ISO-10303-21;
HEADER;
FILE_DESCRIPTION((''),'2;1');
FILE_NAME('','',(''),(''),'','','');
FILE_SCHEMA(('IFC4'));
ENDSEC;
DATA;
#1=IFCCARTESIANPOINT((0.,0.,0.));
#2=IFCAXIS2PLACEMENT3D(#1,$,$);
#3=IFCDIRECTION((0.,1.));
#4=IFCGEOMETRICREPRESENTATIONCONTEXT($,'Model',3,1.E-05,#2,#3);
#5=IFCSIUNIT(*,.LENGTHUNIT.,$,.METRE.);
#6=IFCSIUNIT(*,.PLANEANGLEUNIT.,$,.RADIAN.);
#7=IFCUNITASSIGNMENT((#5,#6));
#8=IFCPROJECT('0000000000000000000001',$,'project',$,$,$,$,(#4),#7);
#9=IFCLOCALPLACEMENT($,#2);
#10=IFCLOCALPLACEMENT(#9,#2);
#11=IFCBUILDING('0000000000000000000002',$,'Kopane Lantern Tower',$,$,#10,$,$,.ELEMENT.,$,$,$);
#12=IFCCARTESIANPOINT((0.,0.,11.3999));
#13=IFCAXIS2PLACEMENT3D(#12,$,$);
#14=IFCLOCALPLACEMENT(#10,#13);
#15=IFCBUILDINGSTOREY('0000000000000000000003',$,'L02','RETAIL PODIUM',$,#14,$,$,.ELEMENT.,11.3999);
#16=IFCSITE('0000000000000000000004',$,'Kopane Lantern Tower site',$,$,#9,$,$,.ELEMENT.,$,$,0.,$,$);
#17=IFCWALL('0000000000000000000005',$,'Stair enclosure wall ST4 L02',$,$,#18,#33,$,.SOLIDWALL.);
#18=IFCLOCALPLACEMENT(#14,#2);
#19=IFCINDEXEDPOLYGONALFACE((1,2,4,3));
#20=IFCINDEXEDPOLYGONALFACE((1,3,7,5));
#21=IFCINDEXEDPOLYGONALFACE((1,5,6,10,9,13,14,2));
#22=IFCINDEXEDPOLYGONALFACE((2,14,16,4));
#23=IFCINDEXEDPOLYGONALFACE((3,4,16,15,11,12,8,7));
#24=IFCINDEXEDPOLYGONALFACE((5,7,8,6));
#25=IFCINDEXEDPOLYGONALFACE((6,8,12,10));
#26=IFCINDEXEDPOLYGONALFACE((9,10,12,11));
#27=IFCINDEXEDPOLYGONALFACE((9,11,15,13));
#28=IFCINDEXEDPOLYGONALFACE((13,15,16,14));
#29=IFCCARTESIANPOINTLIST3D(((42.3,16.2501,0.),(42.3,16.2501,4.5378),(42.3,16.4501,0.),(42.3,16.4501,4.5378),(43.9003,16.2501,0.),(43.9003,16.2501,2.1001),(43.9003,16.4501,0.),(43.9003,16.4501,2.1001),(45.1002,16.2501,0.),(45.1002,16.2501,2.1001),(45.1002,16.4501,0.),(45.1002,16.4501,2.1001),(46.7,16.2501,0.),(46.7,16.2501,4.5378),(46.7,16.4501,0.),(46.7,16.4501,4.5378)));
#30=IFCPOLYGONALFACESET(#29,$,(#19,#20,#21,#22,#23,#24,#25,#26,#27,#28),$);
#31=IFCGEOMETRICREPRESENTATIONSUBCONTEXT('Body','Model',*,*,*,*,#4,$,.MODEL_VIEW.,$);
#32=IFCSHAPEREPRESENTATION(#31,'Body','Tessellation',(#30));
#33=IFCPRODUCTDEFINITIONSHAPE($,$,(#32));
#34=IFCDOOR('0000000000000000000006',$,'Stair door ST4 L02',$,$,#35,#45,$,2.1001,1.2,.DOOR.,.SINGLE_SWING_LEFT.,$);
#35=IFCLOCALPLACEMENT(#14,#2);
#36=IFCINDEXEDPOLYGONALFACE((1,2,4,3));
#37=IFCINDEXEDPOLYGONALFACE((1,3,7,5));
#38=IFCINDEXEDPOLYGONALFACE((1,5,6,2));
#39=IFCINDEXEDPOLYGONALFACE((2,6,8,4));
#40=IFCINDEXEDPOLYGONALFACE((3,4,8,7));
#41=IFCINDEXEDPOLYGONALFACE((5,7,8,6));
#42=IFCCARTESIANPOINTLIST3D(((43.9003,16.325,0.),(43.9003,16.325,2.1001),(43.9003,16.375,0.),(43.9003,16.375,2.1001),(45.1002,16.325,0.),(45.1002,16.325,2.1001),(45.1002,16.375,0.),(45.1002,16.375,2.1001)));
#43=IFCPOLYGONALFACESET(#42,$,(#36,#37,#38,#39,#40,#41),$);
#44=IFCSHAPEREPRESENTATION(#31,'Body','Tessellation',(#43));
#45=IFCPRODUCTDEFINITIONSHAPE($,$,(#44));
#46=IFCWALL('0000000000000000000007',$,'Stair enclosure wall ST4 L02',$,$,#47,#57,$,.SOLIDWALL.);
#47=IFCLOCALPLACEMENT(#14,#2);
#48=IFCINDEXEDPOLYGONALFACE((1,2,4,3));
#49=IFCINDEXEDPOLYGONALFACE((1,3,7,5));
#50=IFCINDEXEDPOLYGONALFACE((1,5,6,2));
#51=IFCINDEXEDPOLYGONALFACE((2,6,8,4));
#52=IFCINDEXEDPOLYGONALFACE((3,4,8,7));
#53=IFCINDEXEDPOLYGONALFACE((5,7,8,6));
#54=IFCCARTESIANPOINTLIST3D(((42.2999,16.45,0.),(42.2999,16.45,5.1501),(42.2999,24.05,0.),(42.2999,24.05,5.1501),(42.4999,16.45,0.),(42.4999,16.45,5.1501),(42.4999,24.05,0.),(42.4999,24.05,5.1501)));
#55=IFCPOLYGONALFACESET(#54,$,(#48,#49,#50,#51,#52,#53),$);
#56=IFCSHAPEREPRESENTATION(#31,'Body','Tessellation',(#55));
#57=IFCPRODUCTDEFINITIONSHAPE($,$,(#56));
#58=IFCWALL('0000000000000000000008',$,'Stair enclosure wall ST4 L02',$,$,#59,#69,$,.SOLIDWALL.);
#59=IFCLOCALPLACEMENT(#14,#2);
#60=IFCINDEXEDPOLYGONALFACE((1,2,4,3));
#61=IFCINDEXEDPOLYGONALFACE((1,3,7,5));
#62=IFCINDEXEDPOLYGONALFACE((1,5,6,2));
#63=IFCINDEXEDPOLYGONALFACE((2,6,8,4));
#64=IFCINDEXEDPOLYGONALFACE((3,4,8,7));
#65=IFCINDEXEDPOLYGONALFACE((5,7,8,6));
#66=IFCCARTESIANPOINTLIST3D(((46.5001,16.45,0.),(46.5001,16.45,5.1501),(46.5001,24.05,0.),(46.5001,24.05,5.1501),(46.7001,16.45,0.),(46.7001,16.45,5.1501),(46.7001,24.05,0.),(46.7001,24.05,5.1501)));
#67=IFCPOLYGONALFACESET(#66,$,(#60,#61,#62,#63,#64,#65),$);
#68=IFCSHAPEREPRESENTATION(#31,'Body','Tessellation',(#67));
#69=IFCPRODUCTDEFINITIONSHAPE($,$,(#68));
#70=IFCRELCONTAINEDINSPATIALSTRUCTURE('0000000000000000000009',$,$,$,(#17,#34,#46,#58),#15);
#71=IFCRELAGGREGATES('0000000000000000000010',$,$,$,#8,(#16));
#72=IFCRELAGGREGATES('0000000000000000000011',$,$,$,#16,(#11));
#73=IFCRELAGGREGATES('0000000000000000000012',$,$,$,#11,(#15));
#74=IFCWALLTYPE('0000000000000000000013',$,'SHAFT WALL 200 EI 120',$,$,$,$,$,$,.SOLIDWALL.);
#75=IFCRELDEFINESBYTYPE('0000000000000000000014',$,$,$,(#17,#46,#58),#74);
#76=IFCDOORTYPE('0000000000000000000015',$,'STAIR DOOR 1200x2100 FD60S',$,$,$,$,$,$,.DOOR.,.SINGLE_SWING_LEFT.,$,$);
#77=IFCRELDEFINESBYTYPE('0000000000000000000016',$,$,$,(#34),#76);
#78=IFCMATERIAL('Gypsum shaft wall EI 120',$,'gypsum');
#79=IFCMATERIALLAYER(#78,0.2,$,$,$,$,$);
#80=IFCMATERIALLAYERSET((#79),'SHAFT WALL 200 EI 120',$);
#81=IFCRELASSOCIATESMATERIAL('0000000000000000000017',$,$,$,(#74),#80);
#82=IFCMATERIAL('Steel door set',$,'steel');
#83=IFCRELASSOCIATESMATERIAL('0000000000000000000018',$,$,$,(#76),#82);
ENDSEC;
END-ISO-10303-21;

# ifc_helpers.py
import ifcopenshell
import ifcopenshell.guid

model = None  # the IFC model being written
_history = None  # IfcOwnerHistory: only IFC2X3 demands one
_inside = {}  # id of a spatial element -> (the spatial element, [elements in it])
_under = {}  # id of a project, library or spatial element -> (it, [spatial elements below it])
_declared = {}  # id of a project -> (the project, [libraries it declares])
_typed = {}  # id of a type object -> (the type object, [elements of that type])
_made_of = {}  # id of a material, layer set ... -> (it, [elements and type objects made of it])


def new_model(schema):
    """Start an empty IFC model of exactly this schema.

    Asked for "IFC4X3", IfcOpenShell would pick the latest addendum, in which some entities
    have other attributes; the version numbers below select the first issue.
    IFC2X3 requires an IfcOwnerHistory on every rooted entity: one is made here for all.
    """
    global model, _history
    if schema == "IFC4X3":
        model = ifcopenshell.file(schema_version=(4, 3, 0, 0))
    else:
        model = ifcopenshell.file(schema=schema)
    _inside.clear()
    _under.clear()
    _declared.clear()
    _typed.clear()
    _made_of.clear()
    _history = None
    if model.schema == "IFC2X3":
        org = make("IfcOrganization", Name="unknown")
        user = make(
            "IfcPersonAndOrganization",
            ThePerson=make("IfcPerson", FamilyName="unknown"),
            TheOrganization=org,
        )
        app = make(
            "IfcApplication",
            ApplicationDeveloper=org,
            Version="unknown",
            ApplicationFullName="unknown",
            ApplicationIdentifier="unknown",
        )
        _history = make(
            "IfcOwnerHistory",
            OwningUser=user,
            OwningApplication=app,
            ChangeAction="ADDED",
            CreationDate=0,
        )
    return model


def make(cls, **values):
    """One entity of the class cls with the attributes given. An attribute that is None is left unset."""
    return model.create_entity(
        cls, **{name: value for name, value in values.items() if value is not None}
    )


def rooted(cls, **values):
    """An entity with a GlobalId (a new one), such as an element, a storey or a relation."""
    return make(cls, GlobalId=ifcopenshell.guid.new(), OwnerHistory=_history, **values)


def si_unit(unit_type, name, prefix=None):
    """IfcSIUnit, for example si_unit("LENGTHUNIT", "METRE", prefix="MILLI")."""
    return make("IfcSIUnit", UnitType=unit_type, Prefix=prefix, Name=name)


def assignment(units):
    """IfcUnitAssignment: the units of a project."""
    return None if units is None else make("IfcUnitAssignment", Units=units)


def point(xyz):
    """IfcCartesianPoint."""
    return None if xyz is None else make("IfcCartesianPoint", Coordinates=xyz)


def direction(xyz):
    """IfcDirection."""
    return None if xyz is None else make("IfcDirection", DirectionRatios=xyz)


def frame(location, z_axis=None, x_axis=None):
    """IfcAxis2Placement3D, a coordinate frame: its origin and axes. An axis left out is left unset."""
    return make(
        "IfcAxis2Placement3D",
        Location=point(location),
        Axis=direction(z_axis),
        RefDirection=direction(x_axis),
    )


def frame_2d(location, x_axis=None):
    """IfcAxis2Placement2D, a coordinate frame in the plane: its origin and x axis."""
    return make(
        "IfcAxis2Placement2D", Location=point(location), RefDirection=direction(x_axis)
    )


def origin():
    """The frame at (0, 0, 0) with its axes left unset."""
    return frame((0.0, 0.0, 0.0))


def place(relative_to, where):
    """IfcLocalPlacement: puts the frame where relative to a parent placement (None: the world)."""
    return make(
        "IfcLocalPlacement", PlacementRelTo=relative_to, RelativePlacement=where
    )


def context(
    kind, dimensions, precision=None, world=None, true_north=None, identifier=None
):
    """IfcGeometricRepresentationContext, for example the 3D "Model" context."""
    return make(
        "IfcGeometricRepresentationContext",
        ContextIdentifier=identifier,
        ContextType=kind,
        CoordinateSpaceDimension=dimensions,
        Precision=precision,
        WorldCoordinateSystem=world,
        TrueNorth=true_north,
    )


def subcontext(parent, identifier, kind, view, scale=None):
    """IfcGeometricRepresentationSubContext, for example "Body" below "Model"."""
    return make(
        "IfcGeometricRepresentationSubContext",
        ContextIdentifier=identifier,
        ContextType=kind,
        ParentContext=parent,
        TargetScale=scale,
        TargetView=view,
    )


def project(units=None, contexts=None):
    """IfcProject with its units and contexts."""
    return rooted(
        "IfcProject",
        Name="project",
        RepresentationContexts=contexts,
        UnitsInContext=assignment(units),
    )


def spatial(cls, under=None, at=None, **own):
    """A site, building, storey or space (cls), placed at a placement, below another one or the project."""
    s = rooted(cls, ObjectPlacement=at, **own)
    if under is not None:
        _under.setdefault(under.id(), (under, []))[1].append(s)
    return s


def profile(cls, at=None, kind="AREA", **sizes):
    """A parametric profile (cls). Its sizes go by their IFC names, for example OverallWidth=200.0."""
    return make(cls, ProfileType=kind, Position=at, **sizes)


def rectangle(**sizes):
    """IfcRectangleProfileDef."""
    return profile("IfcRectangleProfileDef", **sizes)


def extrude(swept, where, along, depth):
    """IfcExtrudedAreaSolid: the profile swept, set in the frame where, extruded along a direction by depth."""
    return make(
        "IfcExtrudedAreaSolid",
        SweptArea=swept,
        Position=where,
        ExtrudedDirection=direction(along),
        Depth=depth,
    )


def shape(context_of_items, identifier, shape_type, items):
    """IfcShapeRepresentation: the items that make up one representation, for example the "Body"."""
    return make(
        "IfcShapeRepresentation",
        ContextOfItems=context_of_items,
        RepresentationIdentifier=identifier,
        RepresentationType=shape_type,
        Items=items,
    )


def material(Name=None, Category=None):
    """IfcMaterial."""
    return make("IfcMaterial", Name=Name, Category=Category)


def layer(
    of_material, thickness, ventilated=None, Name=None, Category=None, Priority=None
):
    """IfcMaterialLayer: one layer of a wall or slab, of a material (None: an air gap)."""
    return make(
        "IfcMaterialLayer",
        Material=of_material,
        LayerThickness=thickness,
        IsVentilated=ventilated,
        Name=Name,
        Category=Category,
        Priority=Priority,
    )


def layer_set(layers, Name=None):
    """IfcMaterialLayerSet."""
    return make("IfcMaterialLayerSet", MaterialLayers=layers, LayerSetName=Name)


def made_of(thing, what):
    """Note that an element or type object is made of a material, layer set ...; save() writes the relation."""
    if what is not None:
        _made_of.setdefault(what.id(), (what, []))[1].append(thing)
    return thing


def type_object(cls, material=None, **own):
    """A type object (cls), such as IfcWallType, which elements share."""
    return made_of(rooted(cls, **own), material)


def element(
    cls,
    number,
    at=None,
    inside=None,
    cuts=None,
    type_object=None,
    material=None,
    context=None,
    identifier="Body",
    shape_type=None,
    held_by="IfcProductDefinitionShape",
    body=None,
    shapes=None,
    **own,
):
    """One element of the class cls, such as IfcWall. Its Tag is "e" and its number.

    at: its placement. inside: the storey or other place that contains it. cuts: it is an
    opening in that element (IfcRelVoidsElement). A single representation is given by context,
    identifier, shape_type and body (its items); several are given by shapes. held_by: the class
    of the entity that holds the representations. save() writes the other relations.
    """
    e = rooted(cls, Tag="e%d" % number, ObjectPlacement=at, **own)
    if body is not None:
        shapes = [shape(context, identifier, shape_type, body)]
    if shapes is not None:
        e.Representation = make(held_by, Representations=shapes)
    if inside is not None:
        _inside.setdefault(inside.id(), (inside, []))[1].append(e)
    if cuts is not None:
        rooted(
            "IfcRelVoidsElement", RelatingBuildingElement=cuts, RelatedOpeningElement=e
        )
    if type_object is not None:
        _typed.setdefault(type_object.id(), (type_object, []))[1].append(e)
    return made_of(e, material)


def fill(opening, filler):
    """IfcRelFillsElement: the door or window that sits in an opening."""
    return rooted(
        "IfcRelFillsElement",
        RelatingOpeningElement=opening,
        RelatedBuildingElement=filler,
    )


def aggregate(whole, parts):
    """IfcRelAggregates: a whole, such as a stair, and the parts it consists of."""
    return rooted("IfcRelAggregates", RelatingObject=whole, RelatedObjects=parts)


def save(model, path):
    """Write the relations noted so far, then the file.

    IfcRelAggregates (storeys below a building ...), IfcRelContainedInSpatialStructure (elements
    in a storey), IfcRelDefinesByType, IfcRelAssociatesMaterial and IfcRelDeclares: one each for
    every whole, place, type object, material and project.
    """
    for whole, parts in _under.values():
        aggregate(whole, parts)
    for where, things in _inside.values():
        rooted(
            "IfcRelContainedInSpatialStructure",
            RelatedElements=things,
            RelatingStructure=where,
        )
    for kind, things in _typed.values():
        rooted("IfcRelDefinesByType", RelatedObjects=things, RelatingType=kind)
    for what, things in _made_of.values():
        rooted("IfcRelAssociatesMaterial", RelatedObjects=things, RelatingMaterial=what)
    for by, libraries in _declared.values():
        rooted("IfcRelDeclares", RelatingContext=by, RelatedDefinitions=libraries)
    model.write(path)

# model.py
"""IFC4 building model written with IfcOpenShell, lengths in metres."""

from ifc_helpers import new_model, si_unit, direction, frame, frame_2d, origin, place, context, subcontext, project, spatial, rectangle, extrude, material, layer, layer_set, type_object, element, fill, save


model = new_model("IFC4")

# Units and contexts
model_context = context("Model", 3, precision=1e-05, world=origin(), true_north=direction((0.0, 1.0)))
body_context = subcontext(model_context, "Body", "Model", "MODEL_VIEW")
ifc_project = project(units=[si_unit("LENGTHUNIT", "METRE"), si_unit("PLANEANGLEUNIT", "RADIAN")], contexts=[model_context])

# Site, building, storey
site_placement = place(None, origin())
site = spatial("IfcSite", under=ifc_project, at=site_placement, Name="Kopane Lantern Tower site", CompositionType="ELEMENT", RefElevation=0.0)
building_placement = place(site_placement, origin())
building = spatial("IfcBuilding", under=site, at=building_placement, Name="Kopane Lantern Tower", CompositionType="ELEMENT")
storey_placement = place(building_placement, frame((0.0, 0.0, 11.3999)))
storey = spatial("IfcBuildingStorey", under=building, at=storey_placement, Name="L02", Description="RETAIL PODIUM", CompositionType="ELEMENT", Elevation=11.3999)

# Wall, opening, door
ifc_material_1 = material(Name="Gypsum shaft wall EI 120", Category="gypsum")
ifc_layer_1 = layer(ifc_material_1, 0.2)
ifc_layer_set_1 = layer_set([ifc_layer_1], Name="SHAFT WALL 200 EI 120")
wall_type_1 = type_object("IfcWallType", Name="SHAFT WALL 200 EI 120", PredefinedType="SOLIDWALL", material=ifc_layer_set_1)
wall_1_placement = place(storey_placement, frame((42.3, 16.3501, 0.0), z_axis=(0.0, 0.0, 1.0), x_axis=(1.0, 0.0, 0.0)))
wall_1 = element("IfcWall", 1, at=wall_1_placement, inside=storey, type_object=wall_type_1, Name="Stair enclosure wall ST4 L02", PredefinedType="SOLIDWALL", context=body_context, shape_type="SweptSolid", body=[
    extrude(rectangle(XDim=4.3999, YDim=0.2, at=frame_2d((2.2, 0.0))), origin(), (0.0, 0.0, 1.0), 4.5378),
])
opening_placement = place(wall_1_placement, frame((1.6001, 0.0, 0.0)))
opening = element("IfcOpeningElement", 2, at=opening_placement, cuts=wall_1, PredefinedType="OPENING", context=body_context, shape_type="SweptSolid", body=[
    extrude(rectangle(XDim=1.2, YDim=2.1001, at=frame_2d((0.6001, 1.05))), frame((0.0, 0.1099, 0.0), z_axis=(0.0, -1.0, 0.0), x_axis=(1.0, 0.0, 0.0)), (0.0, 0.0, 1.0), 0.22),
])
ifc_material_2 = material(Name="Steel door set", Category="steel")
door_type = type_object("IfcDoorType", Name="STAIR DOOR 1200x2100 FD60S", OperationType="SINGLE_SWING_LEFT", PredefinedType="DOOR", material=ifc_material_2)
door_placement = place(opening_placement, origin())
door = element("IfcDoor", 3, at=door_placement, inside=storey, type_object=door_type, Name="Stair door ST4 L02", OperationType="SINGLE_SWING_LEFT", OverallHeight=2.1001, OverallWidth=1.2, PredefinedType="DOOR", context=body_context, shape_type="SweptSolid", body=[
    extrude(rectangle(XDim=1.2, YDim=2.1001, at=frame_2d((0.6001, 1.05))), frame((0.0, 0.0249, 0.0), z_axis=(0.0, -1.0, 0.0), x_axis=(1.0, 0.0, 0.0)), (0.0, 0.0, 1.0), 0.05),
])
fill(opening, door)

# Walls
for number, where, z_axis, x_axis, name in (
    (4, (42.3999, 16.45, 0.0), (0.0, 0.0, 1.0), (0.0, 1.0, 0.0), "Stair enclosure wall ST4 L02"),
    (5, (46.6001, 16.45, 0.0), (0.0, 0.0, 1.0), (0.0, 1.0, 0.0), "Stair enclosure wall ST4 L02"),
):
    element("IfcWall", number, at=place(storey_placement, frame(where, z_axis=z_axis, x_axis=x_axis)), inside=storey, type_object=wall_type_1, Name=name, PredefinedType="SOLIDWALL", context=body_context, shape_type="SweptSolid", body=[
        extrude(rectangle(XDim=7.6001, YDim=0.2, at=frame_2d((3.8, 0.0))), origin(), (0.0, 0.0, 1.0), 5.1501),
    ])

save(model, "model.ifc")
